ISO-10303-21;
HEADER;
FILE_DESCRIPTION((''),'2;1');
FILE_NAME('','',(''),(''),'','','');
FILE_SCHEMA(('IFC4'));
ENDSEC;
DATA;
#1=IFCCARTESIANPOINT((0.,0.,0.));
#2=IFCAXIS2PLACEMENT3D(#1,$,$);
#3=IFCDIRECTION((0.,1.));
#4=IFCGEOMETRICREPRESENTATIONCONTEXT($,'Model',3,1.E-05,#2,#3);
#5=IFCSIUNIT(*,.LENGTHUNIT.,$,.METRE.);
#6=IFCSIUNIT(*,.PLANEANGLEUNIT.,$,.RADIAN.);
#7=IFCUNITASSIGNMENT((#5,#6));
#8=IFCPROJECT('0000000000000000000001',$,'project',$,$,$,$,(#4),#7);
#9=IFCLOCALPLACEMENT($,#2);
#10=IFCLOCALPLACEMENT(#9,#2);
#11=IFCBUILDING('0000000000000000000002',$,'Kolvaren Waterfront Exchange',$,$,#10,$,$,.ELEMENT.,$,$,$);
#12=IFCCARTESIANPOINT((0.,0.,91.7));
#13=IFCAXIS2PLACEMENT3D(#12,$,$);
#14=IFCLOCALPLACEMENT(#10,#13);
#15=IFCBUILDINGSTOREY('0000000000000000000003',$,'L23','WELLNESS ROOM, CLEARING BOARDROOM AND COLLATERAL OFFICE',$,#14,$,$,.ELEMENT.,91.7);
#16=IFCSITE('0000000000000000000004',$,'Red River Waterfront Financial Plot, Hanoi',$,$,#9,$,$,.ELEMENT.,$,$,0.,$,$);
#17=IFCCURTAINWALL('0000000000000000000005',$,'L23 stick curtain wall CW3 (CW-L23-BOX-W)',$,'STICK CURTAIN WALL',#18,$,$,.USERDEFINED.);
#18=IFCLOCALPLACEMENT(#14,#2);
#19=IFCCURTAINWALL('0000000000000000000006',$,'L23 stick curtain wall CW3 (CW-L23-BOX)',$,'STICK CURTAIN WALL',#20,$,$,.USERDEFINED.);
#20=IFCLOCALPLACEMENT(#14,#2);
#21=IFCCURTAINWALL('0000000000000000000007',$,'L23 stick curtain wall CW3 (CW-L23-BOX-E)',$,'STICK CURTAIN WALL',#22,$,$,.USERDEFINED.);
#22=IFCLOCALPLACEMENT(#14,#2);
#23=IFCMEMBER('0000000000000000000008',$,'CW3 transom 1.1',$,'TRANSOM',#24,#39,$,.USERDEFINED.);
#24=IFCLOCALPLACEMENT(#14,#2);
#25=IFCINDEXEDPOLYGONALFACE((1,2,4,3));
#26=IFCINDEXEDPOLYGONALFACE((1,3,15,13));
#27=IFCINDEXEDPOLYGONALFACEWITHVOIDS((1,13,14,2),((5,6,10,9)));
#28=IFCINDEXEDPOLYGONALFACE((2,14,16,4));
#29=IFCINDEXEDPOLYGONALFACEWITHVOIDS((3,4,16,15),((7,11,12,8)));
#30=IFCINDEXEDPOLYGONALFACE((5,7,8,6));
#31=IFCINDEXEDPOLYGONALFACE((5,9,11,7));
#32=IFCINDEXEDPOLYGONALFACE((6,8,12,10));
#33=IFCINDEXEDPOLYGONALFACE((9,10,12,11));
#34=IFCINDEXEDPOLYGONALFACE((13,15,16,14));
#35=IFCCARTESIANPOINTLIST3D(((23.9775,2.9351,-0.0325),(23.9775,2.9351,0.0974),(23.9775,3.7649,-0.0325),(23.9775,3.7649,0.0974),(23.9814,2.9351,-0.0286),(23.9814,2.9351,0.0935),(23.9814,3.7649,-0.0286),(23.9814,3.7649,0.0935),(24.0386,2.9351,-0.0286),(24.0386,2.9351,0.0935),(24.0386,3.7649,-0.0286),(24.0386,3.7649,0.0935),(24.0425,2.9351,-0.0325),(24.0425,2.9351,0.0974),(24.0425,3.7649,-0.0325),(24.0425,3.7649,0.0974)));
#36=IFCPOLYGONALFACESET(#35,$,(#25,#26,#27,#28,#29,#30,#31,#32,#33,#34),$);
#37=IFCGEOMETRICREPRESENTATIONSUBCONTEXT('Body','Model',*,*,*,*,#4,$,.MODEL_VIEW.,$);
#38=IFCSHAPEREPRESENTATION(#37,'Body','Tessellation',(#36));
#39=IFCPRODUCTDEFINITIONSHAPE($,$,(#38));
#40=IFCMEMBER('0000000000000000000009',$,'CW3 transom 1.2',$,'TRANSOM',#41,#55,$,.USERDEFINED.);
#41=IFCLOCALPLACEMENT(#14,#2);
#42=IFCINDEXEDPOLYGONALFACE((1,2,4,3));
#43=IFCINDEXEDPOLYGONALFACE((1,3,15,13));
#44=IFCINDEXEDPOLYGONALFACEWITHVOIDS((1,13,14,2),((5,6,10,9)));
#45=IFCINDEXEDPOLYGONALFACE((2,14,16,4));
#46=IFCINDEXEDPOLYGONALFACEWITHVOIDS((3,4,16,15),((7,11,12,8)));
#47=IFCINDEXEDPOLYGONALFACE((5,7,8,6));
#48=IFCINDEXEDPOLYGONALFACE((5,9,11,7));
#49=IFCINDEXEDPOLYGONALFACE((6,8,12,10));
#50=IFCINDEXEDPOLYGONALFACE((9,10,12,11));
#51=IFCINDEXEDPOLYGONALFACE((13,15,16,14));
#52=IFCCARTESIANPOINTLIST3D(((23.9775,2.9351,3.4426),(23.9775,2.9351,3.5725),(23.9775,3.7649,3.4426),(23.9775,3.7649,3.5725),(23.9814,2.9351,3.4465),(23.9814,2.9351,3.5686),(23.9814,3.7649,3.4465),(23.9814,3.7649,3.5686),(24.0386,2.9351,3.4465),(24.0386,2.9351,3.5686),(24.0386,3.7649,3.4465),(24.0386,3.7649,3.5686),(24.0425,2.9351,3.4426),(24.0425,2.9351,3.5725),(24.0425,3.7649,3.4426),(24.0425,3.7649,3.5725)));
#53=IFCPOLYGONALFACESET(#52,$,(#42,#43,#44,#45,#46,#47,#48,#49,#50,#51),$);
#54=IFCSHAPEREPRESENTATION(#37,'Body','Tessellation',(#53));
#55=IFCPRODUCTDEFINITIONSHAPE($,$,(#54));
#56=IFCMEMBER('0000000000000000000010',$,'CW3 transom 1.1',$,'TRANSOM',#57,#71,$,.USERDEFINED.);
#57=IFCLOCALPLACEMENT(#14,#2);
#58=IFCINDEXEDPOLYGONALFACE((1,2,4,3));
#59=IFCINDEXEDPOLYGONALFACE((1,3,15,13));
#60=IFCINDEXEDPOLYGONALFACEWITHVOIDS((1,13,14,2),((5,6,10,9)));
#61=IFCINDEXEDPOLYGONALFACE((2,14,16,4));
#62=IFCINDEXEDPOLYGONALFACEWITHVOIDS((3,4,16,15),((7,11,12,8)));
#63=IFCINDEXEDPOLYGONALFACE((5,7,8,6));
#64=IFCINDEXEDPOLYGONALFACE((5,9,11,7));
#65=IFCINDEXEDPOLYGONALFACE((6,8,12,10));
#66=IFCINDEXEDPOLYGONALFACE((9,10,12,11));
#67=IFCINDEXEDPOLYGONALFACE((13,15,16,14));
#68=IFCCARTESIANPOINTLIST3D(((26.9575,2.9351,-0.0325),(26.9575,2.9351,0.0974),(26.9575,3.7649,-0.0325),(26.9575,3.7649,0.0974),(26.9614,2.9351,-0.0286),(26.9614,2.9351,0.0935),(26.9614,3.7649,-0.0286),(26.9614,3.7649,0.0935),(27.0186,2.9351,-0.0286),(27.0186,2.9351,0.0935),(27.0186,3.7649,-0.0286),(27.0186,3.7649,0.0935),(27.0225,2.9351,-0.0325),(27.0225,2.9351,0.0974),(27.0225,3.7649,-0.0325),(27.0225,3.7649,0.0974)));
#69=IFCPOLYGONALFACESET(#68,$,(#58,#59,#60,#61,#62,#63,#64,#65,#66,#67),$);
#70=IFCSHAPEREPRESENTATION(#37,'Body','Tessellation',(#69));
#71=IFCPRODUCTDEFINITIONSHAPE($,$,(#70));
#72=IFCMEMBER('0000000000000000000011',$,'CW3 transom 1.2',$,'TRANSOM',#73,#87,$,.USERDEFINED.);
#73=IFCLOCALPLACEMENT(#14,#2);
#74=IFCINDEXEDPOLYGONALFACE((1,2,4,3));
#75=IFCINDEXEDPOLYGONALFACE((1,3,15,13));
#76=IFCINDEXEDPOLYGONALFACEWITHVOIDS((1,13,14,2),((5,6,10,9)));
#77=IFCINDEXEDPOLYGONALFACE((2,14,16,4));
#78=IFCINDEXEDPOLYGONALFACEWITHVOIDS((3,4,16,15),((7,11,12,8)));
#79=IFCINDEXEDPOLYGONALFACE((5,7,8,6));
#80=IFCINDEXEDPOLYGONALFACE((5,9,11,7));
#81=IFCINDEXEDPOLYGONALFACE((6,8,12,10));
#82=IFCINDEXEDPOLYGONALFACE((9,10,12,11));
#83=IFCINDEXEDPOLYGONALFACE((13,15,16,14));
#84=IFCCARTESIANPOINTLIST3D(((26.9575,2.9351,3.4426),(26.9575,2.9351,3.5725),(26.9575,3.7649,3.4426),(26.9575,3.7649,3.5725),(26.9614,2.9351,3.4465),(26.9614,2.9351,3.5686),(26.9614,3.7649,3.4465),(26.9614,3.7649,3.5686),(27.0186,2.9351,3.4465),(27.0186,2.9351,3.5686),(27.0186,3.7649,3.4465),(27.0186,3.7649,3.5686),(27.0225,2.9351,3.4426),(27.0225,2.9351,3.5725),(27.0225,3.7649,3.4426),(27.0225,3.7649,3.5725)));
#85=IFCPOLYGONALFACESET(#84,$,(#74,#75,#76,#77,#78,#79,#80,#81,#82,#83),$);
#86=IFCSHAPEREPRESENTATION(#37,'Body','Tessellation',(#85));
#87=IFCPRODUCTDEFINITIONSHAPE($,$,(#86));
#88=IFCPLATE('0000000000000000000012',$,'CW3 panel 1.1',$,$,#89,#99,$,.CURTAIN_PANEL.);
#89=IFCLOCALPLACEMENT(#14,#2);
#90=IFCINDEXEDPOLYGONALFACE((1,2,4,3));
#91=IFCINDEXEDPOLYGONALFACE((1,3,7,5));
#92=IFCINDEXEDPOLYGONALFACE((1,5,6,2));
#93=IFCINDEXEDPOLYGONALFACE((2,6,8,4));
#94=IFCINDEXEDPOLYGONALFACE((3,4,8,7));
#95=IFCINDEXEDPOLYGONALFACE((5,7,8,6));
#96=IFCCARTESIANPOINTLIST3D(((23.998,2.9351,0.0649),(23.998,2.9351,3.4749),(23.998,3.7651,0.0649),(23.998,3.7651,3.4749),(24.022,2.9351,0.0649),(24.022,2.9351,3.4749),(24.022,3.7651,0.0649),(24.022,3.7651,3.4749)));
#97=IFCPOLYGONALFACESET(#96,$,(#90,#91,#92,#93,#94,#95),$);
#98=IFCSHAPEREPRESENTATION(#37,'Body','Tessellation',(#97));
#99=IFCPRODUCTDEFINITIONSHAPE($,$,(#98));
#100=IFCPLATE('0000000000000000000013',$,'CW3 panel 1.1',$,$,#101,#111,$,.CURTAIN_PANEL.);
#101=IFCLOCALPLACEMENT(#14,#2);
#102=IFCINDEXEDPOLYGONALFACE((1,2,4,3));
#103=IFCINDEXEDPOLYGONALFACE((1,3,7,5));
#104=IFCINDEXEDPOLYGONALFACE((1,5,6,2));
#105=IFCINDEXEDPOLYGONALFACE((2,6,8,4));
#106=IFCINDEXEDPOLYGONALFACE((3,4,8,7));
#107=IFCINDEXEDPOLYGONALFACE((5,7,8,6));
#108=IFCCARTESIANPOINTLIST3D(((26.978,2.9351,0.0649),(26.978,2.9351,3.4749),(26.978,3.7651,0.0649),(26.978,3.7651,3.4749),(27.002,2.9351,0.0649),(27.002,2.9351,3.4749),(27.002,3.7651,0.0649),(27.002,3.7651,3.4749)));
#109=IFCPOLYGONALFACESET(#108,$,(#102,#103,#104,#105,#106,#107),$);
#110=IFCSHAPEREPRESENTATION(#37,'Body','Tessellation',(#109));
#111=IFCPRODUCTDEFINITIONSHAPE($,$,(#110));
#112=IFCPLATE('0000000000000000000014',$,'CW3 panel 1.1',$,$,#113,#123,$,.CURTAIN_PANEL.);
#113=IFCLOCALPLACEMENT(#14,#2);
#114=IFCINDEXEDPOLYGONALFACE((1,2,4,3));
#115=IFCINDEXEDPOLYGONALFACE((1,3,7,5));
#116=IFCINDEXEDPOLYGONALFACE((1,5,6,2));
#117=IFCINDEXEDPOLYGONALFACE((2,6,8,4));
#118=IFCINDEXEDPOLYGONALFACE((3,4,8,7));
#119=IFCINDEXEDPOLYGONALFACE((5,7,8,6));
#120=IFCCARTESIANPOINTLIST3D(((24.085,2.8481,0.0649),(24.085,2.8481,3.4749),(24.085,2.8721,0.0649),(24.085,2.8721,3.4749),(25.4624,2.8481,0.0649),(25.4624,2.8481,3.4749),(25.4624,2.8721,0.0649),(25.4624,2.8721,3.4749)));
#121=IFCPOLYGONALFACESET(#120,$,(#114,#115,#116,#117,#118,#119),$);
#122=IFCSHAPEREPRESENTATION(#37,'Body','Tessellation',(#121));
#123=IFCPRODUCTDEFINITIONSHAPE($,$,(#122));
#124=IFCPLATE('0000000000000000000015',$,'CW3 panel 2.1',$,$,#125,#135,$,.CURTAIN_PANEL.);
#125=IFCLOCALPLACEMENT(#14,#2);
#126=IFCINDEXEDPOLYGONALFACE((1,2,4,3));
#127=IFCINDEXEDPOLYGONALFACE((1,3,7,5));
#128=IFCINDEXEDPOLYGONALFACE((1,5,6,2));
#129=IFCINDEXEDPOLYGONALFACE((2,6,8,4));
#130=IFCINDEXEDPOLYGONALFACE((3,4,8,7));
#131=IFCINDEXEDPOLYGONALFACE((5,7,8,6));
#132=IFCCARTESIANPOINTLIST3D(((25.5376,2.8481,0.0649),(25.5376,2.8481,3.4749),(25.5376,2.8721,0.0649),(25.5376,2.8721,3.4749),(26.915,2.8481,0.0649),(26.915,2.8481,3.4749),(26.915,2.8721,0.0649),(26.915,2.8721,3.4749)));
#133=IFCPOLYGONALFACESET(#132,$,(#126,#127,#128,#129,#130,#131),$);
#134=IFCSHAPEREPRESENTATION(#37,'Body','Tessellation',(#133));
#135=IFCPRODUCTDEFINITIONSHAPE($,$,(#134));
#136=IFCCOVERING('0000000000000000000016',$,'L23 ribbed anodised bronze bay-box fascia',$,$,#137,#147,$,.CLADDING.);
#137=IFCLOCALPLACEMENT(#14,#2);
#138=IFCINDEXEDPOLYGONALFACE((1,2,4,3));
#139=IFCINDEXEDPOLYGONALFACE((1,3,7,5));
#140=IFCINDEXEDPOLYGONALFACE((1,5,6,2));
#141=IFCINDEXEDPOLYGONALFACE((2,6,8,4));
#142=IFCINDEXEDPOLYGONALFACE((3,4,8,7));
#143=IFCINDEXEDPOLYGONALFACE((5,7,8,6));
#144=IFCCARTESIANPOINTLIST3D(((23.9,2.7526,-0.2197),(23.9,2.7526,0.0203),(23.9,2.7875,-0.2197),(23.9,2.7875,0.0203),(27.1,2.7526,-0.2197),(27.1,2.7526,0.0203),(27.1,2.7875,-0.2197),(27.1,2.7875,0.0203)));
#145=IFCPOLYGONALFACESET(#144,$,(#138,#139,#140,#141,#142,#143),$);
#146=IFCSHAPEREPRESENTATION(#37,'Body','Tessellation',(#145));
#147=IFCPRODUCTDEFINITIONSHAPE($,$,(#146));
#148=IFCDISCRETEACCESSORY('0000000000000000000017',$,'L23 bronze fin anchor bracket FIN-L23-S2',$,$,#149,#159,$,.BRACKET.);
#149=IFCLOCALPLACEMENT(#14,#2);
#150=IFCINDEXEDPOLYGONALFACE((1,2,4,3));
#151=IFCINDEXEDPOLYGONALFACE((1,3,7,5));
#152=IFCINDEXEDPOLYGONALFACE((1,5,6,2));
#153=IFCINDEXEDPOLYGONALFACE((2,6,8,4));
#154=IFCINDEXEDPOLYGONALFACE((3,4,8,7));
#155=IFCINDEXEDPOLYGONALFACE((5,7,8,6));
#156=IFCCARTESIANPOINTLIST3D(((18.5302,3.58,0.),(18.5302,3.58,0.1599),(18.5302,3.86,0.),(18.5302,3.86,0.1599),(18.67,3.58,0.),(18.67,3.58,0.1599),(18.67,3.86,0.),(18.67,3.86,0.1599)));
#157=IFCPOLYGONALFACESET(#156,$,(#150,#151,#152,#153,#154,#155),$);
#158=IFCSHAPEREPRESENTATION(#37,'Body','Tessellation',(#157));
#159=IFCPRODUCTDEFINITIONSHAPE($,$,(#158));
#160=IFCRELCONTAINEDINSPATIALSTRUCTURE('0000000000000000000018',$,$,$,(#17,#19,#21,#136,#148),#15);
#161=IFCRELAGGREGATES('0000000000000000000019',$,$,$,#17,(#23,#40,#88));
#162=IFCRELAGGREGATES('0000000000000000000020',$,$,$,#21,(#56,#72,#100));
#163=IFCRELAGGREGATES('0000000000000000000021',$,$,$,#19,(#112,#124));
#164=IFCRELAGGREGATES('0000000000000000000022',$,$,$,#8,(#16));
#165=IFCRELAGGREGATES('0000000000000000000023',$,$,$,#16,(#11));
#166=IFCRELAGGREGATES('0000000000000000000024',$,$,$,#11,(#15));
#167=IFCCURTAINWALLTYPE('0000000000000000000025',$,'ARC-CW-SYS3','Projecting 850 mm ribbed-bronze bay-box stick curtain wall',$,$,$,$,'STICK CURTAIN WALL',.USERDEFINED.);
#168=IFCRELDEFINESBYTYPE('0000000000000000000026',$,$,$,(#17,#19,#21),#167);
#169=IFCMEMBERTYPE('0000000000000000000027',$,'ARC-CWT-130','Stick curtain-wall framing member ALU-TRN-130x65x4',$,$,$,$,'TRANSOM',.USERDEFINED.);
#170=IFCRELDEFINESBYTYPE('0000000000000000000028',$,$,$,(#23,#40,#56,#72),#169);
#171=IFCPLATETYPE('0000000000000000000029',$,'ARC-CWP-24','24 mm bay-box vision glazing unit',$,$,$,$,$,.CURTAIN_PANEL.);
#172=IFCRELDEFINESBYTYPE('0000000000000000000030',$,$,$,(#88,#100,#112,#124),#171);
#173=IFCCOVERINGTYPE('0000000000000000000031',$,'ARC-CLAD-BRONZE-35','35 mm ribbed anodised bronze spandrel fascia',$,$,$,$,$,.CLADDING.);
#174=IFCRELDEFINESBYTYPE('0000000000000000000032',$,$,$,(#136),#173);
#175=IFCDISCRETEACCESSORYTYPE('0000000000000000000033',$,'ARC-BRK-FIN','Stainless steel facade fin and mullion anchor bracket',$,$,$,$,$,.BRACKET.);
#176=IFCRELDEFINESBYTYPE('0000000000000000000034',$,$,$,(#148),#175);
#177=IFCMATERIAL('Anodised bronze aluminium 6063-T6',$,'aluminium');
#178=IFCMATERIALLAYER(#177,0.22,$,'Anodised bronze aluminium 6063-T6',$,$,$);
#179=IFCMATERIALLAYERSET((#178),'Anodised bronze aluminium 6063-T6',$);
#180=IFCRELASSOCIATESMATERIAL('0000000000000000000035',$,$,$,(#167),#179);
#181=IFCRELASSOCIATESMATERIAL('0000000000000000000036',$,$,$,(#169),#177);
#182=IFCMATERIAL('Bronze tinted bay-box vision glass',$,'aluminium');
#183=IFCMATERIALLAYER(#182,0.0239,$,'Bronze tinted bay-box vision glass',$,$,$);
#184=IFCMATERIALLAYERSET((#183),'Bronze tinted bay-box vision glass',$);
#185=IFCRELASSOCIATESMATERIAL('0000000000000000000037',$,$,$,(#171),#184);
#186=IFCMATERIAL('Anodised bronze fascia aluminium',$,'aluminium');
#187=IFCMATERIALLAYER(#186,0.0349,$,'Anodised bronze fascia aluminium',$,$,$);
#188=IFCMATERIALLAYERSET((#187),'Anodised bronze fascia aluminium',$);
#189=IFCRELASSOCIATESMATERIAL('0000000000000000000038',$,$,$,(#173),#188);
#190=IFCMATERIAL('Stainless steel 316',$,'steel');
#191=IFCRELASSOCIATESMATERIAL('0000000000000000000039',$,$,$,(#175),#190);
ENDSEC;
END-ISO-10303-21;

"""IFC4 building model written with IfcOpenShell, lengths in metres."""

from ifc_helpers import new_model, si_unit, direction, frame, origin, origin_with_axes, origin_2d, place, context, subcontext, project, spatial, rectangle, hollow_rectangle, extrude, source, transform, mapped, material, layer, layer_set, material_profile, profile_set, type_object, element, aggregate, save


model = new_model("IFC4")

# Units and contexts
model_context = context("Model", 3, precision=1e-05, world=origin(), true_north=direction((0.0, 1.0)))
body_context = subcontext(model_context, "Body", "Model", "MODEL_VIEW")
ifc_project = project(units=[si_unit("LENGTHUNIT", "METRE"), si_unit("PLANEANGLEUNIT", "RADIAN")], contexts=[model_context])

# Site, building, storey
site_placement = place(None, origin())
site = spatial("IfcSite", under=ifc_project, at=site_placement, Name="Red River Waterfront Financial Plot, Hanoi", CompositionType="ELEMENT", RefElevation=0.0)
building_placement = place(site_placement, origin())
building = spatial("IfcBuilding", under=site, at=building_placement, Name="Kolvaren Waterfront Exchange", CompositionType="ELEMENT")
storey_placement = place(building_placement, frame((0.0, 0.0, 91.7)))
storey = spatial("IfcBuildingStorey", under=building, at=storey_placement, Name="L23", Description="WELLNESS ROOM, CLEARING BOARDROOM AND COLLATERAL OFFICE", CompositionType="ELEMENT", Elevation=91.7)

# Curtain walls
ifc_material_1 = material(Name="Anodised bronze aluminium 6063-T6", Category="aluminium")
ifc_layer_1 = layer(ifc_material_1, 0.22, Name="Anodised bronze aluminium 6063-T6")
ifc_layer_set_1 = layer_set([ifc_layer_1], Name="Anodised bronze aluminium 6063-T6")
curtain_wall_type = type_object("IfcCurtainWallType", Name="ARC-CW-SYS3", Description="Projecting 850 mm ribbed-bronze bay-box stick curtain wall", ElementType="STICK CURTAIN WALL", PredefinedType="USERDEFINED", material=ifc_layer_set_1)
curtain_wall_1_placement = place(storey_placement, origin())
curtain_wall_1 = element("IfcCurtainWall", 1, at=curtain_wall_1_placement, inside=storey, type_object=curtain_wall_type, Name="L23 stick curtain wall CW3 (CW-L23-BOX-W)", ObjectType="STICK CURTAIN WALL", PredefinedType="USERDEFINED")
curtain_wall_2_placement = place(storey_placement, origin())
curtain_wall_2 = element("IfcCurtainWall", 2, at=curtain_wall_2_placement, inside=storey, type_object=curtain_wall_type, Name="L23 stick curtain wall CW3 (CW-L23-BOX)", ObjectType="STICK CURTAIN WALL", PredefinedType="USERDEFINED")

# Curtain wall
curtain_wall_3_placement = place(storey_placement, origin())
curtain_wall_3 = element("IfcCurtainWall", 3, at=curtain_wall_3_placement, inside=storey, type_object=curtain_wall_type, Name="L23 stick curtain wall CW3 (CW-L23-BOX-E)", ObjectType="STICK CURTAIN WALL", PredefinedType="USERDEFINED")

# Members
ifc_material_profile_1 = material_profile(ifc_material_1, hollow_rectangle(XDim=0.0649, YDim=0.1299, WallThickness=0.0039, at=origin_2d()), Name="ALU-TRN-130x65x4")
ifc_profile_set_1 = profile_set([ifc_material_profile_1], Name="Anodised bronze aluminium 6063-T6")
member_type_1 = type_object("IfcMemberType", Name="ARC-CWT-130", Description="Stick curtain-wall framing member ALU-TRN-130x65x4", ElementType="TRANSOM", PredefinedType="USERDEFINED", material=ifc_profile_set_1)
shared_shape_1 = source(origin_with_axes(), body_context, "Body", "SweptSolid", [
    extrude(hollow_rectangle(XDim=0.0649, YDim=0.1299, WallThickness=0.0039, at=origin_2d()), origin(), (0.0, 0.0, 1.0), 0.8298),
])
member_1_placement = place(storey_placement, frame((24.01, 3.7649, 0.0325), z_axis=(0.0, -1.0, 0.0), x_axis=(1.0, 0.0, 0.0)))
member_1 = element("IfcMember", 4, at=member_1_placement, type_object=member_type_1, Name="CW3 transom 1.1", ObjectType="TRANSOM", PredefinedType="USERDEFINED", context=body_context, shape_type="MappedRepresentation", body=[
    mapped(shared_shape_1, transform((0.0, 0.0, 0.0), x_axis=(1.0, 0.0, 0.0), y_axis=(0.0, 1.0, 0.0), z_axis=(0.0, 0.0, 1.0), scale=1.0)),
])
member_2_placement = place(storey_placement, frame((24.01, 3.7649, 3.5076), z_axis=(0.0, -1.0, 0.0), x_axis=(1.0, 0.0, 0.0)))
member_2 = element("IfcMember", 5, at=member_2_placement, type_object=member_type_1, Name="CW3 transom 1.2", ObjectType="TRANSOM", PredefinedType="USERDEFINED", context=body_context, shape_type="MappedRepresentation", body=[
    mapped(shared_shape_1, transform((0.0, 0.0, 0.0), x_axis=(1.0, 0.0, 0.0), y_axis=(0.0, 1.0, 0.0), z_axis=(0.0, 0.0, 1.0), scale=1.0)),
])
member_3_placement = place(storey_placement, frame((26.99, 2.9351, 0.0325), z_axis=(0.0, 1.0, 0.0), x_axis=(-1.0, 0.0, 0.0)))
member_3 = element("IfcMember", 6, at=member_3_placement, type_object=member_type_1, Name="CW3 transom 1.1", ObjectType="TRANSOM", PredefinedType="USERDEFINED", context=body_context, shape_type="MappedRepresentation", body=[
    mapped(shared_shape_1, transform((0.0, 0.0, 0.0), x_axis=(1.0, 0.0, 0.0), y_axis=(0.0, 1.0, 0.0), z_axis=(0.0, 0.0, 1.0), scale=1.0)),
])
member_4_placement = place(storey_placement, frame((26.99, 2.9351, 3.5076), z_axis=(0.0, 1.0, 0.0), x_axis=(-1.0, 0.0, 0.0)))
member_4 = element("IfcMember", 7, at=member_4_placement, type_object=member_type_1, Name="CW3 transom 1.2", ObjectType="TRANSOM", PredefinedType="USERDEFINED", context=body_context, shape_type="MappedRepresentation", body=[
    mapped(shared_shape_1, transform((0.0, 0.0, 0.0), x_axis=(1.0, 0.0, 0.0), y_axis=(0.0, 1.0, 0.0), z_axis=(0.0, 0.0, 1.0), scale=1.0)),
])

# Plates
ifc_material_2 = material(Name="Bronze tinted bay-box vision glass", Category="aluminium")
ifc_layer_2 = layer(ifc_material_2, 0.0239, Name="Bronze tinted bay-box vision glass")
ifc_layer_set_2 = layer_set([ifc_layer_2], Name="Bronze tinted bay-box vision glass")
plate_type = type_object("IfcPlateType", Name="ARC-CWP-24", Description="24 mm bay-box vision glazing unit", PredefinedType="CURTAIN_PANEL", material=ifc_layer_set_2)
shared_shape_2 = source(origin_with_axes(), body_context, "Body", "SweptSolid", [
    extrude(rectangle(XDim=0.8301, YDim=0.0239, at=origin_2d()), origin(), (0.0, 0.0, 1.0), 3.4099),
])
plate_1_placement = place(storey_placement, frame((24.01, 3.3501, 0.0649), z_axis=(0.0, 0.0, 1.0), x_axis=(0.0, -1.0, 0.0)))
plate_1 = element("IfcPlate", 8, at=plate_1_placement, type_object=plate_type, Name="CW3 panel 1.1", PredefinedType="CURTAIN_PANEL", context=body_context, shape_type="MappedRepresentation", body=[
    mapped(shared_shape_2, transform((0.0, 0.0, 0.0), x_axis=(1.0, 0.0, 0.0), y_axis=(0.0, 1.0, 0.0), z_axis=(0.0, 0.0, 1.0), scale=1.0)),
])
aggregate(curtain_wall_1, [member_1, member_2, plate_1])
plate_2_placement = place(storey_placement, frame((26.99, 3.3501, 0.0649), z_axis=(0.0, 0.0, 1.0), x_axis=(0.0, 1.0, 0.0)))
plate_2 = element("IfcPlate", 9, at=plate_2_placement, type_object=plate_type, Name="CW3 panel 1.1", PredefinedType="CURTAIN_PANEL", context=body_context, shape_type="MappedRepresentation", body=[
    mapped(shared_shape_2, transform((0.0, 0.0, 0.0), x_axis=(1.0, 0.0, 0.0), y_axis=(0.0, 1.0, 0.0), z_axis=(0.0, 0.0, 1.0), scale=1.0)),
])
aggregate(curtain_wall_3, [member_3, member_4, plate_2])
shared_shape_3 = source(origin_with_axes(), body_context, "Body", "SweptSolid", [
    extrude(rectangle(XDim=1.3774, YDim=0.0239, at=origin_2d()), origin(), (0.0, 0.0, 1.0), 3.4099),
])
plate_3_placement = place(storey_placement, frame((24.7737, 2.8601, 0.0649), z_axis=(0.0, 0.0, 1.0), x_axis=(1.0, 0.0, 0.0)))
plate_3 = element("IfcPlate", 10, at=plate_3_placement, type_object=plate_type, Name="CW3 panel 1.1", PredefinedType="CURTAIN_PANEL", context=body_context, shape_type="MappedRepresentation", body=[
    mapped(shared_shape_3, transform((0.0, 0.0, 0.0), x_axis=(1.0, 0.0, 0.0), y_axis=(0.0, 1.0, 0.0), z_axis=(0.0, 0.0, 1.0), scale=1.0)),
])
plate_4_placement = place(storey_placement, frame((26.2263, 2.8601, 0.0649), z_axis=(0.0, 0.0, 1.0), x_axis=(1.0, 0.0, 0.0)))
plate_4 = element("IfcPlate", 11, at=plate_4_placement, type_object=plate_type, Name="CW3 panel 2.1", PredefinedType="CURTAIN_PANEL", context=body_context, shape_type="MappedRepresentation", body=[
    mapped(shared_shape_3, transform((0.0, 0.0, 0.0), x_axis=(1.0, 0.0, 0.0), y_axis=(0.0, 1.0, 0.0), z_axis=(0.0, 0.0, 1.0), scale=1.0)),
])
aggregate(curtain_wall_2, [plate_3, plate_4])

# Covering
ifc_material_3 = material(Name="Anodised bronze fascia aluminium", Category="aluminium")
ifc_layer_3 = layer(ifc_material_3, 0.0349, Name="Anodised bronze fascia aluminium")
ifc_layer_set_3 = layer_set([ifc_layer_3], Name="Anodised bronze fascia aluminium")
covering_type = type_object("IfcCoveringType", Name="ARC-CLAD-BRONZE-35", Description="35 mm ribbed anodised bronze spandrel fascia", PredefinedType="CLADDING", material=ifc_layer_set_3)
covering_placement = place(storey_placement, frame((25.5, 2.77, -0.2197), z_axis=(0.0, 0.0, 1.0), x_axis=(1.0, 0.0, 0.0)))
element("IfcCovering", 12, at=covering_placement, inside=storey, type_object=covering_type, Name="L23 ribbed anodised bronze bay-box fascia", PredefinedType="CLADDING", context=body_context, shape_type="SweptSolid", body=[
    extrude(rectangle(XDim=3.2, YDim=0.0349, at=origin_2d()), origin(), (0.0, 0.0, 1.0), 0.24),
])

# Discrete accessory
ifc_material_4 = material(Name="Stainless steel 316", Category="steel")
discrete_accessory_type = type_object("IfcDiscreteAccessoryType", Name="ARC-BRK-FIN", Description="Stainless steel facade fin and mullion anchor bracket", PredefinedType="BRACKET", material=ifc_material_4)
shared_shape_4 = source(origin_with_axes(), body_context, "Body", "SweptSolid", [
    extrude(rectangle(XDim=0.28, YDim=0.1399, at=origin_2d()), origin(), (0.0, 0.0, 1.0), 0.1599),
])
discrete_accessory_placement = place(storey_placement, frame((18.6001, 3.72, 0.0), z_axis=(0.0, 0.0, 1.0), x_axis=(0.0, -1.0, 0.0)))
element("IfcDiscreteAccessory", 13, at=discrete_accessory_placement, inside=storey, type_object=discrete_accessory_type, Name="L23 bronze fin anchor bracket FIN-L23-S2", PredefinedType="BRACKET", context=body_context, shape_type="MappedRepresentation", body=[
    mapped(shared_shape_4, transform((0.0, 0.0, 0.0), x_axis=(1.0, 0.0, 0.0), y_axis=(0.0, 1.0, 0.0), z_axis=(0.0, 0.0, 1.0), scale=1.0)),
])

save(model, "model.ifc")
